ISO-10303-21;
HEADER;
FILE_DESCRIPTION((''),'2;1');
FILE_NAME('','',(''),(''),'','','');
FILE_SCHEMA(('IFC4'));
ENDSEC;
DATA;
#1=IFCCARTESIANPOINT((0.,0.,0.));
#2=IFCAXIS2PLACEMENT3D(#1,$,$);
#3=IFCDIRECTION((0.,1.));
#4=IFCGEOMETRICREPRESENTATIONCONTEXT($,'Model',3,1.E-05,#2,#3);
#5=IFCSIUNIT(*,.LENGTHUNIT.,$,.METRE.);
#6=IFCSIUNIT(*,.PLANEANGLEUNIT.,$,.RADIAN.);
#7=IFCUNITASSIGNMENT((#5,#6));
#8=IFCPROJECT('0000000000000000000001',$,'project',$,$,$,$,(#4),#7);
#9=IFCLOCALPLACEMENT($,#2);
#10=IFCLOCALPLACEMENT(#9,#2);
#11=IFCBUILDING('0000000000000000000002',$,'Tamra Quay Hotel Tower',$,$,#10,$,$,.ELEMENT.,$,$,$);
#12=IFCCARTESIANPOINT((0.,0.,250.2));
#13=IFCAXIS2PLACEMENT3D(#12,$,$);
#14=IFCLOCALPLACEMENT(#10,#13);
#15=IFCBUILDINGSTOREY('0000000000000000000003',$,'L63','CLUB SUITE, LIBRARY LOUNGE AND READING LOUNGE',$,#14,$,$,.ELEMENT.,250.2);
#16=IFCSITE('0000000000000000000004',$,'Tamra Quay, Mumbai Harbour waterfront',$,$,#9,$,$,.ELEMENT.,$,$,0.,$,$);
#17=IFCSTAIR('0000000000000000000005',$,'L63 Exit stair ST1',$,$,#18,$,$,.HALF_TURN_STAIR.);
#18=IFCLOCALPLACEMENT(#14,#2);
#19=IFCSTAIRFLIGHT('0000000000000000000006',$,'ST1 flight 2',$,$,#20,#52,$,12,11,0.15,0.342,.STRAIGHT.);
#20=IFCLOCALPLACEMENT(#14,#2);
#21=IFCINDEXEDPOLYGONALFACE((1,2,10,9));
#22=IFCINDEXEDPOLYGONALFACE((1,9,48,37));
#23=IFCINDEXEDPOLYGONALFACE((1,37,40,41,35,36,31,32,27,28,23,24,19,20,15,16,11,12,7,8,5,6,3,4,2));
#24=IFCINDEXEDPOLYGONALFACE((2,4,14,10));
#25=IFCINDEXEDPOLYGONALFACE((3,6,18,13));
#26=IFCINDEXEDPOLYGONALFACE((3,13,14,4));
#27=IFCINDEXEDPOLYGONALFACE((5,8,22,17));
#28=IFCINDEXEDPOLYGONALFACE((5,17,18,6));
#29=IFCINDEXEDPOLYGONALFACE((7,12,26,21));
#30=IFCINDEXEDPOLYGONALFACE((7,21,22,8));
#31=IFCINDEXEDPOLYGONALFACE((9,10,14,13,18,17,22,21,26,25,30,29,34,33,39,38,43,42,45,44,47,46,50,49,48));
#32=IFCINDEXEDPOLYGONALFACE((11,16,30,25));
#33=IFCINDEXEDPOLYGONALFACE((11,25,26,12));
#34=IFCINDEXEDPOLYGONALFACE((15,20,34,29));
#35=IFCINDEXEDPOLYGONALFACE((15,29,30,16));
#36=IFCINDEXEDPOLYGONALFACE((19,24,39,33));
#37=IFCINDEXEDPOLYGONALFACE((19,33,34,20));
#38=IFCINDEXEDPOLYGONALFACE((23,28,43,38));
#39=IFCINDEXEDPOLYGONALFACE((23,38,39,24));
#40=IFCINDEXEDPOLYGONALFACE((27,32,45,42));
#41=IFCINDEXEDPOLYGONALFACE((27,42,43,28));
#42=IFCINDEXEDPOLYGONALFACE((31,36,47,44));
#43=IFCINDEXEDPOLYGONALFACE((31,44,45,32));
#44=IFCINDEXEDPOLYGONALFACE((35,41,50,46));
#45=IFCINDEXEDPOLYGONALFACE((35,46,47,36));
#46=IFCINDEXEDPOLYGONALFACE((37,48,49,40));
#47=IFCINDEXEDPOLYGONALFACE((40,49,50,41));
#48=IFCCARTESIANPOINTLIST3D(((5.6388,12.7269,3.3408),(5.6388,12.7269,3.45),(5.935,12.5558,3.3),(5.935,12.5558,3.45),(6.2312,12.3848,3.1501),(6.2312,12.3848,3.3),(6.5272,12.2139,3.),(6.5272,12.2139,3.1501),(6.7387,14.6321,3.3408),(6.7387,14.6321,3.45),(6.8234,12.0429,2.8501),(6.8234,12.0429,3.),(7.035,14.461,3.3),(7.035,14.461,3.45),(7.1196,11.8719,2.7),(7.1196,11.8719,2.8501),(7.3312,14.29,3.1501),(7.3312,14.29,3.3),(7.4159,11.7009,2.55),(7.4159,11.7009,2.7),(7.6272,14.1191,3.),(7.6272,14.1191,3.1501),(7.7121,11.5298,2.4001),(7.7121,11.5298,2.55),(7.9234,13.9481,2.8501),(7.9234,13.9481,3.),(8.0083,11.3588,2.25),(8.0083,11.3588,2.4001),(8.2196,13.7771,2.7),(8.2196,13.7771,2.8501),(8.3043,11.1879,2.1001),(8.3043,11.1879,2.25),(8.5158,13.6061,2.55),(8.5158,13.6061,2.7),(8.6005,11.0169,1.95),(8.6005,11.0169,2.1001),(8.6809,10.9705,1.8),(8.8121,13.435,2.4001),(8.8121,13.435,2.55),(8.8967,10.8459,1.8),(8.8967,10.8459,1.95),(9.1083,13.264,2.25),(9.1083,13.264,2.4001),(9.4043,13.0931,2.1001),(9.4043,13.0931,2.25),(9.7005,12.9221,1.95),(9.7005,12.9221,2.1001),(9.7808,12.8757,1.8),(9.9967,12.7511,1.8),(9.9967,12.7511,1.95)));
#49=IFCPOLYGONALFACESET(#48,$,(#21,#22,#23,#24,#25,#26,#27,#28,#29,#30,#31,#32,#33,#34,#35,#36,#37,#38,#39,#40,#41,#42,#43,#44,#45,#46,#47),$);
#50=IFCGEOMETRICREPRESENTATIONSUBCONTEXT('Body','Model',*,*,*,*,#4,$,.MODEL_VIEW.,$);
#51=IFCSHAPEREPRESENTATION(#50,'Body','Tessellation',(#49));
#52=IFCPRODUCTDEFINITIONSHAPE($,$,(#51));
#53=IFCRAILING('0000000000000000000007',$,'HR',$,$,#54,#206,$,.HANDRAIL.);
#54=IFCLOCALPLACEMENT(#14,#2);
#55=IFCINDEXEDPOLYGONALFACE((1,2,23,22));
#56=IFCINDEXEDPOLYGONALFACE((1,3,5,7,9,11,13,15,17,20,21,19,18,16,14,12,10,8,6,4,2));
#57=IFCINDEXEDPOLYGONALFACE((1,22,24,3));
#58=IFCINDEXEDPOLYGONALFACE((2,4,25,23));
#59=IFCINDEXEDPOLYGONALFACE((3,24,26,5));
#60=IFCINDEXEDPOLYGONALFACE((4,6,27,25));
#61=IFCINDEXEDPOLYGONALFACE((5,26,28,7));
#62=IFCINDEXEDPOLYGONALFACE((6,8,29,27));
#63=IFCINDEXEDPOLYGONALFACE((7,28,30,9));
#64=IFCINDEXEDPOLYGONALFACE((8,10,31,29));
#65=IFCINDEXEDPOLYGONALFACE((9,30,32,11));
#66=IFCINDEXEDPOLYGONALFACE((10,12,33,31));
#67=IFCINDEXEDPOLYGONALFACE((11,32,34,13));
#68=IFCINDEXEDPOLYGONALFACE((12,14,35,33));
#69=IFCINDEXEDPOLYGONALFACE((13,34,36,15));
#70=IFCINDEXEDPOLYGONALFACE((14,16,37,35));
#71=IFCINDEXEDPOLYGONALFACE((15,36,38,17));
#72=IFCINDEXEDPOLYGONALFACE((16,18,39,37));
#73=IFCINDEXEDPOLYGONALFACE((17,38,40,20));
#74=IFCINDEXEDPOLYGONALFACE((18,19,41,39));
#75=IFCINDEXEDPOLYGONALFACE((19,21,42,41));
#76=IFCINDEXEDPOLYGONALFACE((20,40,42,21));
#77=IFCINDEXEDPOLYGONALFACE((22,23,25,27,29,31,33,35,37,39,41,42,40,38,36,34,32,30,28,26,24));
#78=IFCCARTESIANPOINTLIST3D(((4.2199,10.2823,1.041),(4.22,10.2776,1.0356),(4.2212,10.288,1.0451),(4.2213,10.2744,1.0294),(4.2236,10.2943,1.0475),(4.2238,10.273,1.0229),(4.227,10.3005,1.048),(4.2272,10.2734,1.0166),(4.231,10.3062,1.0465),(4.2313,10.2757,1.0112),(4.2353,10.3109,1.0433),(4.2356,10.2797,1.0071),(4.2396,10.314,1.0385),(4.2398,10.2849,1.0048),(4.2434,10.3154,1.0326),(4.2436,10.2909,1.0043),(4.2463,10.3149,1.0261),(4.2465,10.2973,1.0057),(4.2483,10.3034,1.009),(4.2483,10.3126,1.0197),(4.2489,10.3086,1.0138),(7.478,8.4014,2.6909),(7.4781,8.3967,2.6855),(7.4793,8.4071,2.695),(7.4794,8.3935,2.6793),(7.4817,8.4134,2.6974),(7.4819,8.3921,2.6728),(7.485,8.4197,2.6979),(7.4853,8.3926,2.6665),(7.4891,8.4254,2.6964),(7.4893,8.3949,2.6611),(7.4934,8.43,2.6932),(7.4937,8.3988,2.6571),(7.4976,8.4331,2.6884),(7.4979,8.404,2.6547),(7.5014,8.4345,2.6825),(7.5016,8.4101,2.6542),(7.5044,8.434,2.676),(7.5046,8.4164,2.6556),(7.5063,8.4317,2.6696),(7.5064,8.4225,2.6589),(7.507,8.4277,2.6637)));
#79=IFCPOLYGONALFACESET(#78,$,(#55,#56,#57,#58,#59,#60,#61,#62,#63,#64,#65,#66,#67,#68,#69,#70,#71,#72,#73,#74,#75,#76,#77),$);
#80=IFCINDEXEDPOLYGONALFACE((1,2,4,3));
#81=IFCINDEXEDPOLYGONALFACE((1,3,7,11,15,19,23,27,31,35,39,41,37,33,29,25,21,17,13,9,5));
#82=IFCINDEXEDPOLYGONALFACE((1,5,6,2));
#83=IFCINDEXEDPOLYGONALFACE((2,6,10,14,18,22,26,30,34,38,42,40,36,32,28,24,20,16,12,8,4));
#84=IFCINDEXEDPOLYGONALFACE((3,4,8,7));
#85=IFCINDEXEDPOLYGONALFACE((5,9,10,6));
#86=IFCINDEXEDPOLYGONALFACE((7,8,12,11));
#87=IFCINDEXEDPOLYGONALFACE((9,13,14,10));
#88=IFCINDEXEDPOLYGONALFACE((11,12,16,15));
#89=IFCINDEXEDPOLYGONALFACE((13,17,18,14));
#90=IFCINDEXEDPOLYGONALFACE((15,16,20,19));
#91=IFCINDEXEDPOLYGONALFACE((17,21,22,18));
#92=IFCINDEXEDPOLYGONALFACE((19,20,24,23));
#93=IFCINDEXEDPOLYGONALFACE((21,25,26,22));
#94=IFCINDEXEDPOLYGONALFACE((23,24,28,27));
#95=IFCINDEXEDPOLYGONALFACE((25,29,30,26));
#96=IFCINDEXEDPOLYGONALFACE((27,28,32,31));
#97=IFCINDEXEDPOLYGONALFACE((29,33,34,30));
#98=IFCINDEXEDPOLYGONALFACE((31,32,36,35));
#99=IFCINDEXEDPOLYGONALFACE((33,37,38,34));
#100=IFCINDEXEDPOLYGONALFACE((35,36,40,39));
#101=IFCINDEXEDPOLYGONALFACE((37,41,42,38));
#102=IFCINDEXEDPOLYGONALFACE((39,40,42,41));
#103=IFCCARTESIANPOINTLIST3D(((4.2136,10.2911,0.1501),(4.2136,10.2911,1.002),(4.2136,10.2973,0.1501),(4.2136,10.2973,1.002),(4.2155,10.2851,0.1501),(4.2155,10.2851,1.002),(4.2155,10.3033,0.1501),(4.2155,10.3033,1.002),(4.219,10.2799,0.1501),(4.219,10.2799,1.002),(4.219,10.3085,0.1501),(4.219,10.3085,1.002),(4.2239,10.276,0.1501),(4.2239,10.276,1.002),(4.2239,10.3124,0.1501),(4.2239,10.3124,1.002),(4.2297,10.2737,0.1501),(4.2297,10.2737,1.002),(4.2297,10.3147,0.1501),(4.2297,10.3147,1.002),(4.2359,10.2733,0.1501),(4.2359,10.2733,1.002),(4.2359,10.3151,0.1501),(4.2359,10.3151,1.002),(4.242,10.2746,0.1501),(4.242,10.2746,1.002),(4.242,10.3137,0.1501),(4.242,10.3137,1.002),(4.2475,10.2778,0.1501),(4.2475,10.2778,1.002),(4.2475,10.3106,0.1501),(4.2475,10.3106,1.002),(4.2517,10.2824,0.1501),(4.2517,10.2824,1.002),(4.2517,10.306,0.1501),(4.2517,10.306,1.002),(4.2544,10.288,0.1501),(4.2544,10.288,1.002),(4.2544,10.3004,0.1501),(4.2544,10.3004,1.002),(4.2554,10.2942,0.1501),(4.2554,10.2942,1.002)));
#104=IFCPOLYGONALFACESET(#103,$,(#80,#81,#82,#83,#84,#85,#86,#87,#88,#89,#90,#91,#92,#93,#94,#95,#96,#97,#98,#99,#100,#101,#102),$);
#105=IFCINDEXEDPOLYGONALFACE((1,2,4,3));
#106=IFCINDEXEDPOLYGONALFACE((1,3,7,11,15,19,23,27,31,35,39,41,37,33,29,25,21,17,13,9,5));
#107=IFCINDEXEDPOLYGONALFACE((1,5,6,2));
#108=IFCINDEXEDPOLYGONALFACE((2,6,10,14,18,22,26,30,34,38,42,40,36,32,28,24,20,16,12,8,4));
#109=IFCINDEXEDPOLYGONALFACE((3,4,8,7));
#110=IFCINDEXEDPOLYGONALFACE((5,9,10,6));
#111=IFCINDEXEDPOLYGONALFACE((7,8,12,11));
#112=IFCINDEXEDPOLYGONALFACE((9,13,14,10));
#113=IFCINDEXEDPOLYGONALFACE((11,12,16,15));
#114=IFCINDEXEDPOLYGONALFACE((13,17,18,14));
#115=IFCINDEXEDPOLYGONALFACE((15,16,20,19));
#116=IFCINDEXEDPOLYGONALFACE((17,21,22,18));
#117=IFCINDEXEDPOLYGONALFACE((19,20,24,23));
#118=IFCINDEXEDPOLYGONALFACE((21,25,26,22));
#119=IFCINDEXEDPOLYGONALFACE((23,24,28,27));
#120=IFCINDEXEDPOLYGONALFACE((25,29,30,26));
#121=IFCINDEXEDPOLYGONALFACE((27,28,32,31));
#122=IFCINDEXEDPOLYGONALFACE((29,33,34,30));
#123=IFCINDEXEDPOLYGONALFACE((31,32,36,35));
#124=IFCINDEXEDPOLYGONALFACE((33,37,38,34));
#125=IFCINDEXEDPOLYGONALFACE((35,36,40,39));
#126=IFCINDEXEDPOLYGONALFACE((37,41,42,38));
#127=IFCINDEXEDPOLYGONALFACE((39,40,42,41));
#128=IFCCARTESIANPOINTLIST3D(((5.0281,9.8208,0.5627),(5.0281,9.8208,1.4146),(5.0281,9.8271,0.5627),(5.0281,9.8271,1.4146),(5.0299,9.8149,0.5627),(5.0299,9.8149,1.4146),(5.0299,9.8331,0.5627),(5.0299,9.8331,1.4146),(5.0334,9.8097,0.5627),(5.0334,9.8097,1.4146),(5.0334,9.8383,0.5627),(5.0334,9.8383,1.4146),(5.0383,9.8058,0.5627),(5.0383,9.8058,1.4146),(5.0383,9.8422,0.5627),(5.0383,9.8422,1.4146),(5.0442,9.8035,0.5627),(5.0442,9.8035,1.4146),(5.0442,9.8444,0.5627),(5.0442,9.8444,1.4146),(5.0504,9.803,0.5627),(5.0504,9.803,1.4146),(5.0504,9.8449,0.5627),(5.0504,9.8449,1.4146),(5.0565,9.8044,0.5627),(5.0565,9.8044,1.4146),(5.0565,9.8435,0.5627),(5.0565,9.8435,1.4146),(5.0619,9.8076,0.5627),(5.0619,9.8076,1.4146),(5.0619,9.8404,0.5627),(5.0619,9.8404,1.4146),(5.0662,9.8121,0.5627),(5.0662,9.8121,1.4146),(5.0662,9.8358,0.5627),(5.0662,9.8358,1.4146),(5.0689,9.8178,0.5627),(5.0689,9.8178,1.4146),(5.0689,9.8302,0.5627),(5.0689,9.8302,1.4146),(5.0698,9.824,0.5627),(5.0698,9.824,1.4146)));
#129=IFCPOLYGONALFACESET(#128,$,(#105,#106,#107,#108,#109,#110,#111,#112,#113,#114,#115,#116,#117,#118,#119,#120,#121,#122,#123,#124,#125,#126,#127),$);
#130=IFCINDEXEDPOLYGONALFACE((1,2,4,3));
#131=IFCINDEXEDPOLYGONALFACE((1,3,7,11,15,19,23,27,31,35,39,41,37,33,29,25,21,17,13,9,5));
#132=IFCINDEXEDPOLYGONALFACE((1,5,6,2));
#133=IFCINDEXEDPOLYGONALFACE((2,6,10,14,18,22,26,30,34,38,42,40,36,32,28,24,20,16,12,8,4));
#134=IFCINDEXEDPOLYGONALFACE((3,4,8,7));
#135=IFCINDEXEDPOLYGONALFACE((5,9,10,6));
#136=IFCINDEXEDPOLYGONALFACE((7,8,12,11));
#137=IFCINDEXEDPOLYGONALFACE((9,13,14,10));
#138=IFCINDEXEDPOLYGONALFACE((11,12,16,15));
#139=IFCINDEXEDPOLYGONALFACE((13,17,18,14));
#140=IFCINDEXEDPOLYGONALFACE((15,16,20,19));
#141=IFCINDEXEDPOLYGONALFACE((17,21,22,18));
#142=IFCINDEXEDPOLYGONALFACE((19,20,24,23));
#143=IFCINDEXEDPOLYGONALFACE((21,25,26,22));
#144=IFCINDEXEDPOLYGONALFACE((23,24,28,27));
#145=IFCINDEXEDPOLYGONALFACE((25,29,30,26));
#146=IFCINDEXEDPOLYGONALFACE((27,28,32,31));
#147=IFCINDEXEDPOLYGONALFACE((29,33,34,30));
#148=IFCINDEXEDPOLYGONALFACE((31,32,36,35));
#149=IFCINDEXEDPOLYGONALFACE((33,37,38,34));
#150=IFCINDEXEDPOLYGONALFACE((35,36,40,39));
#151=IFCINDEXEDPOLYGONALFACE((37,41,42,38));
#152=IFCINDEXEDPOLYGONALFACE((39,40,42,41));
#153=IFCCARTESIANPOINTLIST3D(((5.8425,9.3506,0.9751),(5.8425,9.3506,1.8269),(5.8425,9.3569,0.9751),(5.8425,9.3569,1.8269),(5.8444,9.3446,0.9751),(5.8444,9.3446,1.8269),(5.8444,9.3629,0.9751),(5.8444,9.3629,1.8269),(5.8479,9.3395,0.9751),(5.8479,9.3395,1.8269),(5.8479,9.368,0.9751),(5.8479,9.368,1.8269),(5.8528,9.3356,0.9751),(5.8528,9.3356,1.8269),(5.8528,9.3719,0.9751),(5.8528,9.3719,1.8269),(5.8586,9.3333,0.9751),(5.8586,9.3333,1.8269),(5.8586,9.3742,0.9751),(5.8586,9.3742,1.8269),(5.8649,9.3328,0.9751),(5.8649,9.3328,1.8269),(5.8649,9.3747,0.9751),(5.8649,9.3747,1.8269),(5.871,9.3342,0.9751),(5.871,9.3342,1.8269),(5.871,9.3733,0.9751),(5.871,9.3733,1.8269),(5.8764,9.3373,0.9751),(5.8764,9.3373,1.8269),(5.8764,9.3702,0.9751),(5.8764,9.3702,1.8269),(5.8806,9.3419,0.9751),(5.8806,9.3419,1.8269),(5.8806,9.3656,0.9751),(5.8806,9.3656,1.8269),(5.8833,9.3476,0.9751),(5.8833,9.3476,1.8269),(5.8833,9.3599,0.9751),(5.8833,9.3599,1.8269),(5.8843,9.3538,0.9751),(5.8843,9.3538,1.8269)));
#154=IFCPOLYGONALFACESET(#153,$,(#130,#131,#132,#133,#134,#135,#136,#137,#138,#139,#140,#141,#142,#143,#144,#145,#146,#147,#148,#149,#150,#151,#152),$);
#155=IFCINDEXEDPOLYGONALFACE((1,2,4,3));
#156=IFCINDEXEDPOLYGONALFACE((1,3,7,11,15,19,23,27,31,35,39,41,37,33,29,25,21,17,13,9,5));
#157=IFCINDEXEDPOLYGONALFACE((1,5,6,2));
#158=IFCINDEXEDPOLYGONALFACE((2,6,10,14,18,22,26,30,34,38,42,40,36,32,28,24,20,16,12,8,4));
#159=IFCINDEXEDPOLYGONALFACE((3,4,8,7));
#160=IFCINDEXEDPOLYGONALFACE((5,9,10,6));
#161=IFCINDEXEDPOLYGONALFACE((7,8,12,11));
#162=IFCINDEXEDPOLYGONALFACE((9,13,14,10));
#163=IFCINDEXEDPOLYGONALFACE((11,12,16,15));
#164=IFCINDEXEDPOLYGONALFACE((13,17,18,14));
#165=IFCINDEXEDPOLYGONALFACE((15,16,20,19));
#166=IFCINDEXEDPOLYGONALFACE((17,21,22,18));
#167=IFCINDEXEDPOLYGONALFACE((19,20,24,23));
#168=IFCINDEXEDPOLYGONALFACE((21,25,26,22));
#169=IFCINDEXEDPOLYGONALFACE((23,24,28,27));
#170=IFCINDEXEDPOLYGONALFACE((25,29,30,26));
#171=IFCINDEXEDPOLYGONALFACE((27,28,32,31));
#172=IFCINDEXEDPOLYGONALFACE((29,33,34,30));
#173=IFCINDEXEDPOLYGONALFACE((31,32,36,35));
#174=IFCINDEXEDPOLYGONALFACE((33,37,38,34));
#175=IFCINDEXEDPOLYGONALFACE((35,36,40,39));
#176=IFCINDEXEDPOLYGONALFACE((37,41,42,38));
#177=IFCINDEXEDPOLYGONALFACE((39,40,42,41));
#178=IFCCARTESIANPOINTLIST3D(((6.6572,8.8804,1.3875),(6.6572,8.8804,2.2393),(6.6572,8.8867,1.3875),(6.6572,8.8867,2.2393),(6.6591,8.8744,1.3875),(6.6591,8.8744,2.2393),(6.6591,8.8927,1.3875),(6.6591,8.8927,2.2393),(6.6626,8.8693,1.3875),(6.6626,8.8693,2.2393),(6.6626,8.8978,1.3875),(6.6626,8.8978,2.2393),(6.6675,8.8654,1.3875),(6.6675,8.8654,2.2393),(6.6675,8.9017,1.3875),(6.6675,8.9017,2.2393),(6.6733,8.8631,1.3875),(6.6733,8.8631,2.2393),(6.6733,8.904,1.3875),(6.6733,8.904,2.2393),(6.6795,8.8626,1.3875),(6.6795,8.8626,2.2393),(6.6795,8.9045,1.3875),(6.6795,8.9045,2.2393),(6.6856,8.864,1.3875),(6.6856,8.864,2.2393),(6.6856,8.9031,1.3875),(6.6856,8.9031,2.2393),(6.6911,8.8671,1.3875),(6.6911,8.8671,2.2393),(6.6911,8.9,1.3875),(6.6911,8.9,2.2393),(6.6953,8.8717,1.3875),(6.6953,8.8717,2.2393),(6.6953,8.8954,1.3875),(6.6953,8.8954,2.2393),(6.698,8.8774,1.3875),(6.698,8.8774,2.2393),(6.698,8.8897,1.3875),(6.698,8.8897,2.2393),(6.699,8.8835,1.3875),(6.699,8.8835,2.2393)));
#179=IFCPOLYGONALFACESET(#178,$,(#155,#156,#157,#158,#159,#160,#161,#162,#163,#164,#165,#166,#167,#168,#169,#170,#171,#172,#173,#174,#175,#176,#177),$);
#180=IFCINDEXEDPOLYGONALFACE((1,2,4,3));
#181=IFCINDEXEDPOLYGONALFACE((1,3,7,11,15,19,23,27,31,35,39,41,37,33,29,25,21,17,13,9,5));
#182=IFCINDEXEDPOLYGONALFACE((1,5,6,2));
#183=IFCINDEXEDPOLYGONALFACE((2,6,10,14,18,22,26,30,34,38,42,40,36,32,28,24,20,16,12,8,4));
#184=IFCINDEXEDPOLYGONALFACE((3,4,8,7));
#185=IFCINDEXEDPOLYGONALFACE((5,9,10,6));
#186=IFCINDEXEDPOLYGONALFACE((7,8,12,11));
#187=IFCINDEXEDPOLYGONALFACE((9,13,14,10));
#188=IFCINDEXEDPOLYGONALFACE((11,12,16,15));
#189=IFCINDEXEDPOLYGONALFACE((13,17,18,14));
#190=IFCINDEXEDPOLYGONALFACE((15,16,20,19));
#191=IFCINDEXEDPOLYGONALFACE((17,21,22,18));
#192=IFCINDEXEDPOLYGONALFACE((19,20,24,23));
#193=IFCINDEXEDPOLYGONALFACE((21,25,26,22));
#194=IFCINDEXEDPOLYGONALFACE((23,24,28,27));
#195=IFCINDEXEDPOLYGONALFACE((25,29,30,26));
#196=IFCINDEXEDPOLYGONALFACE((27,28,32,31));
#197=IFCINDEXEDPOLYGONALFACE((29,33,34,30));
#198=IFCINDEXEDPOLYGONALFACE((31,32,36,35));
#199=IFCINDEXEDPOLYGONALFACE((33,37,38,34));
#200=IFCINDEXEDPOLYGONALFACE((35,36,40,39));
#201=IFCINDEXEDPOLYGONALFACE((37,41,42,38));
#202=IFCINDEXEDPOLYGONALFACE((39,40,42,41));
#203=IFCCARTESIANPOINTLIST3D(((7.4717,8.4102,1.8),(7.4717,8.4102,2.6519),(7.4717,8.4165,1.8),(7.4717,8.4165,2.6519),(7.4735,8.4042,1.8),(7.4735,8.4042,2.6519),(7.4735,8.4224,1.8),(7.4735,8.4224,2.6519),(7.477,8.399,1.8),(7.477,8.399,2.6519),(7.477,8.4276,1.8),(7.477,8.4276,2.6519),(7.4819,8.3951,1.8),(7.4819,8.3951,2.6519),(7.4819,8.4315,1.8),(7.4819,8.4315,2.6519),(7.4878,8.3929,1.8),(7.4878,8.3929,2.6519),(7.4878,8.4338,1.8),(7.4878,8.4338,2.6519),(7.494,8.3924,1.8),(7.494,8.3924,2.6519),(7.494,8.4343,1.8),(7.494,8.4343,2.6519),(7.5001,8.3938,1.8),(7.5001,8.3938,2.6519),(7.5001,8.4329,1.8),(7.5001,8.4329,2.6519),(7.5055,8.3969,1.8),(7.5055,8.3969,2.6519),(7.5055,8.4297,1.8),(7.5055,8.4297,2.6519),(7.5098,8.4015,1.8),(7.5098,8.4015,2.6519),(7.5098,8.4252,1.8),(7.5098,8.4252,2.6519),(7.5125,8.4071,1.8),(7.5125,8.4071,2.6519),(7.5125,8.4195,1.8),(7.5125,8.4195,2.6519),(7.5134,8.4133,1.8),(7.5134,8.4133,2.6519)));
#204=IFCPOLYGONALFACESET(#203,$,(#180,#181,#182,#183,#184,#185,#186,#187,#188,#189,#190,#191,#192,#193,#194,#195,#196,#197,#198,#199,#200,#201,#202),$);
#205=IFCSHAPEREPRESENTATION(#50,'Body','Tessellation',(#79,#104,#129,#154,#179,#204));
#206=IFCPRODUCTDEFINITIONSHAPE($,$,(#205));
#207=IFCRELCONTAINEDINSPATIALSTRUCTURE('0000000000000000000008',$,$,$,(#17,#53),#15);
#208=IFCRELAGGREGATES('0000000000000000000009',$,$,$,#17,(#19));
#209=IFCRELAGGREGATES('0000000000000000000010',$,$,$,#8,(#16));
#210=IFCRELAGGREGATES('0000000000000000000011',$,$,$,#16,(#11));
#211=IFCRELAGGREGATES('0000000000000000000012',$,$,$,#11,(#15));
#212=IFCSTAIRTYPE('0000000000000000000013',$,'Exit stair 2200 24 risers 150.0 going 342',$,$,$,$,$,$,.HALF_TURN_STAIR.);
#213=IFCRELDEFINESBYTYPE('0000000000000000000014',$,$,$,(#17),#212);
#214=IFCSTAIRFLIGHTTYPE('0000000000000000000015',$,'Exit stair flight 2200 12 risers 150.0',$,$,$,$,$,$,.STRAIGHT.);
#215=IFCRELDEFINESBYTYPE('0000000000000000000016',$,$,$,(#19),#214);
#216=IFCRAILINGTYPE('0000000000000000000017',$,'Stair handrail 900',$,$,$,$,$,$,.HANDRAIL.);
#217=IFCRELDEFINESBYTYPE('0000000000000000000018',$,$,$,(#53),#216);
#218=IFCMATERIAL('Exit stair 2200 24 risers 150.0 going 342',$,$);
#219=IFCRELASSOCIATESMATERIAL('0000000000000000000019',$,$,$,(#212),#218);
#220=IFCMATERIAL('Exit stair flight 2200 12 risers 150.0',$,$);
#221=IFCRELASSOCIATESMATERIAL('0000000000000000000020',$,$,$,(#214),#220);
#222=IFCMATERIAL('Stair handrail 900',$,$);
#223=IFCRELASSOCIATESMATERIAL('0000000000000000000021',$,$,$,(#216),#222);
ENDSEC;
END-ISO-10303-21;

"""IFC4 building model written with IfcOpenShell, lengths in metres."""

from ifc_helpers import new_model, si_unit, direction, frame, origin, origin_2d, place, context, subcontext, project, spatial, polyline, circle, outline, extrude, material, type_object, element, aggregate, save


model = new_model("IFC4")

# Units and contexts
model_context = context("Model", 3, precision=1e-05, world=origin(), true_north=direction((0.0, 1.0)))
body_context = subcontext(model_context, "Body", "Model", "MODEL_VIEW")
ifc_project = project(units=[si_unit("LENGTHUNIT", "METRE"), si_unit("PLANEANGLEUNIT", "RADIAN")], contexts=[model_context])

# Site, building, storey
site_placement = place(None, origin())
site = spatial("IfcSite", under=ifc_project, at=site_placement, Name="Tamra Quay, Mumbai Harbour waterfront", CompositionType="ELEMENT", RefElevation=0.0)
building_placement = place(site_placement, origin())
building = spatial("IfcBuilding", under=site, at=building_placement, Name="Tamra Quay Hotel Tower", CompositionType="ELEMENT")
storey_placement = place(building_placement, frame((0.0, 0.0, 250.2)))
storey = spatial("IfcBuildingStorey", under=building, at=storey_placement, Name="L63", Description="CLUB SUITE, LIBRARY LOUNGE AND READING LOUNGE", CompositionType="ELEMENT", Elevation=250.2)

# Stair, stair flight
ifc_material_1 = material(Name="Exit stair 2200 24 risers 150.0 going 342")
stair_type = type_object("IfcStairType", Name="Exit stair 2200 24 risers 150.0 going 342", PredefinedType="HALF_TURN_STAIR", material=ifc_material_1)
stair_placement = place(storey_placement, origin())
stair = element("IfcStair", 1, at=stair_placement, inside=storey, type_object=stair_type, Name="L63 Exit stair ST1", PredefinedType="HALF_TURN_STAIR")
ifc_material_2 = material(Name="Exit stair flight 2200 12 risers 150.0")
stair_flight_type = type_object("IfcStairFlightType", Name="Exit stair flight 2200 12 risers 150.0", PredefinedType="STRAIGHT", material=ifc_material_2)
stair_flight_1_placement = place(storey_placement, frame((9.4468, 11.7986, 1.8), z_axis=(0.0, 0.0, 1.0), x_axis=(-0.866025, 0.5, 0.0)))
stair_flight_1 = element("IfcStairFlight", 2, at=stair_flight_1_placement, type_object=stair_flight_type, Name="ST1 flight 2", NumberOfRisers=12, NumberOfTreads=11, PredefinedType="STRAIGHT", RiserHeight=0.15, TreadLength=0.342, context=body_context, shape_type="SweptSolid", body=[
    extrude(outline(polyline([(0.0, 0.0), (0.0, 0.1499), (0.342, 0.1499), (0.342, 0.3), (0.6841, 0.3), (0.6841, 0.45), (1.0259, 0.45), (1.0259, 0.6001), (1.3679, 0.6001), (1.3679, 0.75), (1.71, 0.75), (1.71, 0.8999), (2.052, 0.8999), (2.052, 1.05), (2.394, 1.05), (2.394, 1.2), (2.7361, 1.2), (2.7361, 1.3501), (3.0779, 1.3501), (3.0779, 1.5), (3.4199, 1.5), (3.4199, 1.6499), (3.762, 1.6499), (3.762, 1.8), (3.762, 1.5408), (0.2493, 0.0), (0.0, 0.0)])), frame((0.0, 1.1001, 0.0), z_axis=(0.0, -1.0, 0.0), x_axis=(1.0, 0.0, 0.0)), (0.0, 0.0, 1.0), 2.2),
])
aggregate(stair, [stair_flight_1])

# Railing
ifc_material_3 = material(Name="Stair handrail 900")
railing_type_1 = type_object("IfcRailingType", Name="Stair handrail 900", PredefinedType="HANDRAIL", material=ifc_material_3)
railing_1_placement = place(storey_placement, frame((4.2344, 10.2942, 0.1501)))
element("IfcRailing", 3, at=railing_1_placement, inside=storey, type_object=railing_type_1, Name="HR", PredefinedType="HANDRAIL", context=body_context, shape_type="SweptSolid", body=[
    extrude(circle(Radius=0.0239, at=origin_2d()), frame((0.0, 0.0, 0.876), z_axis=(0.793122, -0.457865, 0.401642), x_axis=(0.499964, 0.866046, 0.0)), (0.0, 0.0, 1.0), 4.1079),
    extrude(circle(Radius=0.021, at=origin_2d()), origin(), (0.0, 0.0, 1.0), 0.8518),
    extrude(circle(Radius=0.021, at=origin_2d()), frame((0.8145, -0.4702, 0.4126)), (0.0, 0.0, 1.0), 0.8518),
    extrude(circle(Radius=0.021, at=origin_2d()), frame((1.6289, -0.9404, 0.825)), (0.0, 0.0, 1.0), 0.8518),
    extrude(circle(Radius=0.021, at=origin_2d()), frame((2.4436, -1.4106, 1.2373)), (0.0, 0.0, 1.0), 0.8518),
    extrude(circle(Radius=0.021, at=origin_2d()), frame((3.2581, -1.8809, 1.6499)), (0.0, 0.0, 1.0), 0.8518),
])

save(model, "model.ifc")
